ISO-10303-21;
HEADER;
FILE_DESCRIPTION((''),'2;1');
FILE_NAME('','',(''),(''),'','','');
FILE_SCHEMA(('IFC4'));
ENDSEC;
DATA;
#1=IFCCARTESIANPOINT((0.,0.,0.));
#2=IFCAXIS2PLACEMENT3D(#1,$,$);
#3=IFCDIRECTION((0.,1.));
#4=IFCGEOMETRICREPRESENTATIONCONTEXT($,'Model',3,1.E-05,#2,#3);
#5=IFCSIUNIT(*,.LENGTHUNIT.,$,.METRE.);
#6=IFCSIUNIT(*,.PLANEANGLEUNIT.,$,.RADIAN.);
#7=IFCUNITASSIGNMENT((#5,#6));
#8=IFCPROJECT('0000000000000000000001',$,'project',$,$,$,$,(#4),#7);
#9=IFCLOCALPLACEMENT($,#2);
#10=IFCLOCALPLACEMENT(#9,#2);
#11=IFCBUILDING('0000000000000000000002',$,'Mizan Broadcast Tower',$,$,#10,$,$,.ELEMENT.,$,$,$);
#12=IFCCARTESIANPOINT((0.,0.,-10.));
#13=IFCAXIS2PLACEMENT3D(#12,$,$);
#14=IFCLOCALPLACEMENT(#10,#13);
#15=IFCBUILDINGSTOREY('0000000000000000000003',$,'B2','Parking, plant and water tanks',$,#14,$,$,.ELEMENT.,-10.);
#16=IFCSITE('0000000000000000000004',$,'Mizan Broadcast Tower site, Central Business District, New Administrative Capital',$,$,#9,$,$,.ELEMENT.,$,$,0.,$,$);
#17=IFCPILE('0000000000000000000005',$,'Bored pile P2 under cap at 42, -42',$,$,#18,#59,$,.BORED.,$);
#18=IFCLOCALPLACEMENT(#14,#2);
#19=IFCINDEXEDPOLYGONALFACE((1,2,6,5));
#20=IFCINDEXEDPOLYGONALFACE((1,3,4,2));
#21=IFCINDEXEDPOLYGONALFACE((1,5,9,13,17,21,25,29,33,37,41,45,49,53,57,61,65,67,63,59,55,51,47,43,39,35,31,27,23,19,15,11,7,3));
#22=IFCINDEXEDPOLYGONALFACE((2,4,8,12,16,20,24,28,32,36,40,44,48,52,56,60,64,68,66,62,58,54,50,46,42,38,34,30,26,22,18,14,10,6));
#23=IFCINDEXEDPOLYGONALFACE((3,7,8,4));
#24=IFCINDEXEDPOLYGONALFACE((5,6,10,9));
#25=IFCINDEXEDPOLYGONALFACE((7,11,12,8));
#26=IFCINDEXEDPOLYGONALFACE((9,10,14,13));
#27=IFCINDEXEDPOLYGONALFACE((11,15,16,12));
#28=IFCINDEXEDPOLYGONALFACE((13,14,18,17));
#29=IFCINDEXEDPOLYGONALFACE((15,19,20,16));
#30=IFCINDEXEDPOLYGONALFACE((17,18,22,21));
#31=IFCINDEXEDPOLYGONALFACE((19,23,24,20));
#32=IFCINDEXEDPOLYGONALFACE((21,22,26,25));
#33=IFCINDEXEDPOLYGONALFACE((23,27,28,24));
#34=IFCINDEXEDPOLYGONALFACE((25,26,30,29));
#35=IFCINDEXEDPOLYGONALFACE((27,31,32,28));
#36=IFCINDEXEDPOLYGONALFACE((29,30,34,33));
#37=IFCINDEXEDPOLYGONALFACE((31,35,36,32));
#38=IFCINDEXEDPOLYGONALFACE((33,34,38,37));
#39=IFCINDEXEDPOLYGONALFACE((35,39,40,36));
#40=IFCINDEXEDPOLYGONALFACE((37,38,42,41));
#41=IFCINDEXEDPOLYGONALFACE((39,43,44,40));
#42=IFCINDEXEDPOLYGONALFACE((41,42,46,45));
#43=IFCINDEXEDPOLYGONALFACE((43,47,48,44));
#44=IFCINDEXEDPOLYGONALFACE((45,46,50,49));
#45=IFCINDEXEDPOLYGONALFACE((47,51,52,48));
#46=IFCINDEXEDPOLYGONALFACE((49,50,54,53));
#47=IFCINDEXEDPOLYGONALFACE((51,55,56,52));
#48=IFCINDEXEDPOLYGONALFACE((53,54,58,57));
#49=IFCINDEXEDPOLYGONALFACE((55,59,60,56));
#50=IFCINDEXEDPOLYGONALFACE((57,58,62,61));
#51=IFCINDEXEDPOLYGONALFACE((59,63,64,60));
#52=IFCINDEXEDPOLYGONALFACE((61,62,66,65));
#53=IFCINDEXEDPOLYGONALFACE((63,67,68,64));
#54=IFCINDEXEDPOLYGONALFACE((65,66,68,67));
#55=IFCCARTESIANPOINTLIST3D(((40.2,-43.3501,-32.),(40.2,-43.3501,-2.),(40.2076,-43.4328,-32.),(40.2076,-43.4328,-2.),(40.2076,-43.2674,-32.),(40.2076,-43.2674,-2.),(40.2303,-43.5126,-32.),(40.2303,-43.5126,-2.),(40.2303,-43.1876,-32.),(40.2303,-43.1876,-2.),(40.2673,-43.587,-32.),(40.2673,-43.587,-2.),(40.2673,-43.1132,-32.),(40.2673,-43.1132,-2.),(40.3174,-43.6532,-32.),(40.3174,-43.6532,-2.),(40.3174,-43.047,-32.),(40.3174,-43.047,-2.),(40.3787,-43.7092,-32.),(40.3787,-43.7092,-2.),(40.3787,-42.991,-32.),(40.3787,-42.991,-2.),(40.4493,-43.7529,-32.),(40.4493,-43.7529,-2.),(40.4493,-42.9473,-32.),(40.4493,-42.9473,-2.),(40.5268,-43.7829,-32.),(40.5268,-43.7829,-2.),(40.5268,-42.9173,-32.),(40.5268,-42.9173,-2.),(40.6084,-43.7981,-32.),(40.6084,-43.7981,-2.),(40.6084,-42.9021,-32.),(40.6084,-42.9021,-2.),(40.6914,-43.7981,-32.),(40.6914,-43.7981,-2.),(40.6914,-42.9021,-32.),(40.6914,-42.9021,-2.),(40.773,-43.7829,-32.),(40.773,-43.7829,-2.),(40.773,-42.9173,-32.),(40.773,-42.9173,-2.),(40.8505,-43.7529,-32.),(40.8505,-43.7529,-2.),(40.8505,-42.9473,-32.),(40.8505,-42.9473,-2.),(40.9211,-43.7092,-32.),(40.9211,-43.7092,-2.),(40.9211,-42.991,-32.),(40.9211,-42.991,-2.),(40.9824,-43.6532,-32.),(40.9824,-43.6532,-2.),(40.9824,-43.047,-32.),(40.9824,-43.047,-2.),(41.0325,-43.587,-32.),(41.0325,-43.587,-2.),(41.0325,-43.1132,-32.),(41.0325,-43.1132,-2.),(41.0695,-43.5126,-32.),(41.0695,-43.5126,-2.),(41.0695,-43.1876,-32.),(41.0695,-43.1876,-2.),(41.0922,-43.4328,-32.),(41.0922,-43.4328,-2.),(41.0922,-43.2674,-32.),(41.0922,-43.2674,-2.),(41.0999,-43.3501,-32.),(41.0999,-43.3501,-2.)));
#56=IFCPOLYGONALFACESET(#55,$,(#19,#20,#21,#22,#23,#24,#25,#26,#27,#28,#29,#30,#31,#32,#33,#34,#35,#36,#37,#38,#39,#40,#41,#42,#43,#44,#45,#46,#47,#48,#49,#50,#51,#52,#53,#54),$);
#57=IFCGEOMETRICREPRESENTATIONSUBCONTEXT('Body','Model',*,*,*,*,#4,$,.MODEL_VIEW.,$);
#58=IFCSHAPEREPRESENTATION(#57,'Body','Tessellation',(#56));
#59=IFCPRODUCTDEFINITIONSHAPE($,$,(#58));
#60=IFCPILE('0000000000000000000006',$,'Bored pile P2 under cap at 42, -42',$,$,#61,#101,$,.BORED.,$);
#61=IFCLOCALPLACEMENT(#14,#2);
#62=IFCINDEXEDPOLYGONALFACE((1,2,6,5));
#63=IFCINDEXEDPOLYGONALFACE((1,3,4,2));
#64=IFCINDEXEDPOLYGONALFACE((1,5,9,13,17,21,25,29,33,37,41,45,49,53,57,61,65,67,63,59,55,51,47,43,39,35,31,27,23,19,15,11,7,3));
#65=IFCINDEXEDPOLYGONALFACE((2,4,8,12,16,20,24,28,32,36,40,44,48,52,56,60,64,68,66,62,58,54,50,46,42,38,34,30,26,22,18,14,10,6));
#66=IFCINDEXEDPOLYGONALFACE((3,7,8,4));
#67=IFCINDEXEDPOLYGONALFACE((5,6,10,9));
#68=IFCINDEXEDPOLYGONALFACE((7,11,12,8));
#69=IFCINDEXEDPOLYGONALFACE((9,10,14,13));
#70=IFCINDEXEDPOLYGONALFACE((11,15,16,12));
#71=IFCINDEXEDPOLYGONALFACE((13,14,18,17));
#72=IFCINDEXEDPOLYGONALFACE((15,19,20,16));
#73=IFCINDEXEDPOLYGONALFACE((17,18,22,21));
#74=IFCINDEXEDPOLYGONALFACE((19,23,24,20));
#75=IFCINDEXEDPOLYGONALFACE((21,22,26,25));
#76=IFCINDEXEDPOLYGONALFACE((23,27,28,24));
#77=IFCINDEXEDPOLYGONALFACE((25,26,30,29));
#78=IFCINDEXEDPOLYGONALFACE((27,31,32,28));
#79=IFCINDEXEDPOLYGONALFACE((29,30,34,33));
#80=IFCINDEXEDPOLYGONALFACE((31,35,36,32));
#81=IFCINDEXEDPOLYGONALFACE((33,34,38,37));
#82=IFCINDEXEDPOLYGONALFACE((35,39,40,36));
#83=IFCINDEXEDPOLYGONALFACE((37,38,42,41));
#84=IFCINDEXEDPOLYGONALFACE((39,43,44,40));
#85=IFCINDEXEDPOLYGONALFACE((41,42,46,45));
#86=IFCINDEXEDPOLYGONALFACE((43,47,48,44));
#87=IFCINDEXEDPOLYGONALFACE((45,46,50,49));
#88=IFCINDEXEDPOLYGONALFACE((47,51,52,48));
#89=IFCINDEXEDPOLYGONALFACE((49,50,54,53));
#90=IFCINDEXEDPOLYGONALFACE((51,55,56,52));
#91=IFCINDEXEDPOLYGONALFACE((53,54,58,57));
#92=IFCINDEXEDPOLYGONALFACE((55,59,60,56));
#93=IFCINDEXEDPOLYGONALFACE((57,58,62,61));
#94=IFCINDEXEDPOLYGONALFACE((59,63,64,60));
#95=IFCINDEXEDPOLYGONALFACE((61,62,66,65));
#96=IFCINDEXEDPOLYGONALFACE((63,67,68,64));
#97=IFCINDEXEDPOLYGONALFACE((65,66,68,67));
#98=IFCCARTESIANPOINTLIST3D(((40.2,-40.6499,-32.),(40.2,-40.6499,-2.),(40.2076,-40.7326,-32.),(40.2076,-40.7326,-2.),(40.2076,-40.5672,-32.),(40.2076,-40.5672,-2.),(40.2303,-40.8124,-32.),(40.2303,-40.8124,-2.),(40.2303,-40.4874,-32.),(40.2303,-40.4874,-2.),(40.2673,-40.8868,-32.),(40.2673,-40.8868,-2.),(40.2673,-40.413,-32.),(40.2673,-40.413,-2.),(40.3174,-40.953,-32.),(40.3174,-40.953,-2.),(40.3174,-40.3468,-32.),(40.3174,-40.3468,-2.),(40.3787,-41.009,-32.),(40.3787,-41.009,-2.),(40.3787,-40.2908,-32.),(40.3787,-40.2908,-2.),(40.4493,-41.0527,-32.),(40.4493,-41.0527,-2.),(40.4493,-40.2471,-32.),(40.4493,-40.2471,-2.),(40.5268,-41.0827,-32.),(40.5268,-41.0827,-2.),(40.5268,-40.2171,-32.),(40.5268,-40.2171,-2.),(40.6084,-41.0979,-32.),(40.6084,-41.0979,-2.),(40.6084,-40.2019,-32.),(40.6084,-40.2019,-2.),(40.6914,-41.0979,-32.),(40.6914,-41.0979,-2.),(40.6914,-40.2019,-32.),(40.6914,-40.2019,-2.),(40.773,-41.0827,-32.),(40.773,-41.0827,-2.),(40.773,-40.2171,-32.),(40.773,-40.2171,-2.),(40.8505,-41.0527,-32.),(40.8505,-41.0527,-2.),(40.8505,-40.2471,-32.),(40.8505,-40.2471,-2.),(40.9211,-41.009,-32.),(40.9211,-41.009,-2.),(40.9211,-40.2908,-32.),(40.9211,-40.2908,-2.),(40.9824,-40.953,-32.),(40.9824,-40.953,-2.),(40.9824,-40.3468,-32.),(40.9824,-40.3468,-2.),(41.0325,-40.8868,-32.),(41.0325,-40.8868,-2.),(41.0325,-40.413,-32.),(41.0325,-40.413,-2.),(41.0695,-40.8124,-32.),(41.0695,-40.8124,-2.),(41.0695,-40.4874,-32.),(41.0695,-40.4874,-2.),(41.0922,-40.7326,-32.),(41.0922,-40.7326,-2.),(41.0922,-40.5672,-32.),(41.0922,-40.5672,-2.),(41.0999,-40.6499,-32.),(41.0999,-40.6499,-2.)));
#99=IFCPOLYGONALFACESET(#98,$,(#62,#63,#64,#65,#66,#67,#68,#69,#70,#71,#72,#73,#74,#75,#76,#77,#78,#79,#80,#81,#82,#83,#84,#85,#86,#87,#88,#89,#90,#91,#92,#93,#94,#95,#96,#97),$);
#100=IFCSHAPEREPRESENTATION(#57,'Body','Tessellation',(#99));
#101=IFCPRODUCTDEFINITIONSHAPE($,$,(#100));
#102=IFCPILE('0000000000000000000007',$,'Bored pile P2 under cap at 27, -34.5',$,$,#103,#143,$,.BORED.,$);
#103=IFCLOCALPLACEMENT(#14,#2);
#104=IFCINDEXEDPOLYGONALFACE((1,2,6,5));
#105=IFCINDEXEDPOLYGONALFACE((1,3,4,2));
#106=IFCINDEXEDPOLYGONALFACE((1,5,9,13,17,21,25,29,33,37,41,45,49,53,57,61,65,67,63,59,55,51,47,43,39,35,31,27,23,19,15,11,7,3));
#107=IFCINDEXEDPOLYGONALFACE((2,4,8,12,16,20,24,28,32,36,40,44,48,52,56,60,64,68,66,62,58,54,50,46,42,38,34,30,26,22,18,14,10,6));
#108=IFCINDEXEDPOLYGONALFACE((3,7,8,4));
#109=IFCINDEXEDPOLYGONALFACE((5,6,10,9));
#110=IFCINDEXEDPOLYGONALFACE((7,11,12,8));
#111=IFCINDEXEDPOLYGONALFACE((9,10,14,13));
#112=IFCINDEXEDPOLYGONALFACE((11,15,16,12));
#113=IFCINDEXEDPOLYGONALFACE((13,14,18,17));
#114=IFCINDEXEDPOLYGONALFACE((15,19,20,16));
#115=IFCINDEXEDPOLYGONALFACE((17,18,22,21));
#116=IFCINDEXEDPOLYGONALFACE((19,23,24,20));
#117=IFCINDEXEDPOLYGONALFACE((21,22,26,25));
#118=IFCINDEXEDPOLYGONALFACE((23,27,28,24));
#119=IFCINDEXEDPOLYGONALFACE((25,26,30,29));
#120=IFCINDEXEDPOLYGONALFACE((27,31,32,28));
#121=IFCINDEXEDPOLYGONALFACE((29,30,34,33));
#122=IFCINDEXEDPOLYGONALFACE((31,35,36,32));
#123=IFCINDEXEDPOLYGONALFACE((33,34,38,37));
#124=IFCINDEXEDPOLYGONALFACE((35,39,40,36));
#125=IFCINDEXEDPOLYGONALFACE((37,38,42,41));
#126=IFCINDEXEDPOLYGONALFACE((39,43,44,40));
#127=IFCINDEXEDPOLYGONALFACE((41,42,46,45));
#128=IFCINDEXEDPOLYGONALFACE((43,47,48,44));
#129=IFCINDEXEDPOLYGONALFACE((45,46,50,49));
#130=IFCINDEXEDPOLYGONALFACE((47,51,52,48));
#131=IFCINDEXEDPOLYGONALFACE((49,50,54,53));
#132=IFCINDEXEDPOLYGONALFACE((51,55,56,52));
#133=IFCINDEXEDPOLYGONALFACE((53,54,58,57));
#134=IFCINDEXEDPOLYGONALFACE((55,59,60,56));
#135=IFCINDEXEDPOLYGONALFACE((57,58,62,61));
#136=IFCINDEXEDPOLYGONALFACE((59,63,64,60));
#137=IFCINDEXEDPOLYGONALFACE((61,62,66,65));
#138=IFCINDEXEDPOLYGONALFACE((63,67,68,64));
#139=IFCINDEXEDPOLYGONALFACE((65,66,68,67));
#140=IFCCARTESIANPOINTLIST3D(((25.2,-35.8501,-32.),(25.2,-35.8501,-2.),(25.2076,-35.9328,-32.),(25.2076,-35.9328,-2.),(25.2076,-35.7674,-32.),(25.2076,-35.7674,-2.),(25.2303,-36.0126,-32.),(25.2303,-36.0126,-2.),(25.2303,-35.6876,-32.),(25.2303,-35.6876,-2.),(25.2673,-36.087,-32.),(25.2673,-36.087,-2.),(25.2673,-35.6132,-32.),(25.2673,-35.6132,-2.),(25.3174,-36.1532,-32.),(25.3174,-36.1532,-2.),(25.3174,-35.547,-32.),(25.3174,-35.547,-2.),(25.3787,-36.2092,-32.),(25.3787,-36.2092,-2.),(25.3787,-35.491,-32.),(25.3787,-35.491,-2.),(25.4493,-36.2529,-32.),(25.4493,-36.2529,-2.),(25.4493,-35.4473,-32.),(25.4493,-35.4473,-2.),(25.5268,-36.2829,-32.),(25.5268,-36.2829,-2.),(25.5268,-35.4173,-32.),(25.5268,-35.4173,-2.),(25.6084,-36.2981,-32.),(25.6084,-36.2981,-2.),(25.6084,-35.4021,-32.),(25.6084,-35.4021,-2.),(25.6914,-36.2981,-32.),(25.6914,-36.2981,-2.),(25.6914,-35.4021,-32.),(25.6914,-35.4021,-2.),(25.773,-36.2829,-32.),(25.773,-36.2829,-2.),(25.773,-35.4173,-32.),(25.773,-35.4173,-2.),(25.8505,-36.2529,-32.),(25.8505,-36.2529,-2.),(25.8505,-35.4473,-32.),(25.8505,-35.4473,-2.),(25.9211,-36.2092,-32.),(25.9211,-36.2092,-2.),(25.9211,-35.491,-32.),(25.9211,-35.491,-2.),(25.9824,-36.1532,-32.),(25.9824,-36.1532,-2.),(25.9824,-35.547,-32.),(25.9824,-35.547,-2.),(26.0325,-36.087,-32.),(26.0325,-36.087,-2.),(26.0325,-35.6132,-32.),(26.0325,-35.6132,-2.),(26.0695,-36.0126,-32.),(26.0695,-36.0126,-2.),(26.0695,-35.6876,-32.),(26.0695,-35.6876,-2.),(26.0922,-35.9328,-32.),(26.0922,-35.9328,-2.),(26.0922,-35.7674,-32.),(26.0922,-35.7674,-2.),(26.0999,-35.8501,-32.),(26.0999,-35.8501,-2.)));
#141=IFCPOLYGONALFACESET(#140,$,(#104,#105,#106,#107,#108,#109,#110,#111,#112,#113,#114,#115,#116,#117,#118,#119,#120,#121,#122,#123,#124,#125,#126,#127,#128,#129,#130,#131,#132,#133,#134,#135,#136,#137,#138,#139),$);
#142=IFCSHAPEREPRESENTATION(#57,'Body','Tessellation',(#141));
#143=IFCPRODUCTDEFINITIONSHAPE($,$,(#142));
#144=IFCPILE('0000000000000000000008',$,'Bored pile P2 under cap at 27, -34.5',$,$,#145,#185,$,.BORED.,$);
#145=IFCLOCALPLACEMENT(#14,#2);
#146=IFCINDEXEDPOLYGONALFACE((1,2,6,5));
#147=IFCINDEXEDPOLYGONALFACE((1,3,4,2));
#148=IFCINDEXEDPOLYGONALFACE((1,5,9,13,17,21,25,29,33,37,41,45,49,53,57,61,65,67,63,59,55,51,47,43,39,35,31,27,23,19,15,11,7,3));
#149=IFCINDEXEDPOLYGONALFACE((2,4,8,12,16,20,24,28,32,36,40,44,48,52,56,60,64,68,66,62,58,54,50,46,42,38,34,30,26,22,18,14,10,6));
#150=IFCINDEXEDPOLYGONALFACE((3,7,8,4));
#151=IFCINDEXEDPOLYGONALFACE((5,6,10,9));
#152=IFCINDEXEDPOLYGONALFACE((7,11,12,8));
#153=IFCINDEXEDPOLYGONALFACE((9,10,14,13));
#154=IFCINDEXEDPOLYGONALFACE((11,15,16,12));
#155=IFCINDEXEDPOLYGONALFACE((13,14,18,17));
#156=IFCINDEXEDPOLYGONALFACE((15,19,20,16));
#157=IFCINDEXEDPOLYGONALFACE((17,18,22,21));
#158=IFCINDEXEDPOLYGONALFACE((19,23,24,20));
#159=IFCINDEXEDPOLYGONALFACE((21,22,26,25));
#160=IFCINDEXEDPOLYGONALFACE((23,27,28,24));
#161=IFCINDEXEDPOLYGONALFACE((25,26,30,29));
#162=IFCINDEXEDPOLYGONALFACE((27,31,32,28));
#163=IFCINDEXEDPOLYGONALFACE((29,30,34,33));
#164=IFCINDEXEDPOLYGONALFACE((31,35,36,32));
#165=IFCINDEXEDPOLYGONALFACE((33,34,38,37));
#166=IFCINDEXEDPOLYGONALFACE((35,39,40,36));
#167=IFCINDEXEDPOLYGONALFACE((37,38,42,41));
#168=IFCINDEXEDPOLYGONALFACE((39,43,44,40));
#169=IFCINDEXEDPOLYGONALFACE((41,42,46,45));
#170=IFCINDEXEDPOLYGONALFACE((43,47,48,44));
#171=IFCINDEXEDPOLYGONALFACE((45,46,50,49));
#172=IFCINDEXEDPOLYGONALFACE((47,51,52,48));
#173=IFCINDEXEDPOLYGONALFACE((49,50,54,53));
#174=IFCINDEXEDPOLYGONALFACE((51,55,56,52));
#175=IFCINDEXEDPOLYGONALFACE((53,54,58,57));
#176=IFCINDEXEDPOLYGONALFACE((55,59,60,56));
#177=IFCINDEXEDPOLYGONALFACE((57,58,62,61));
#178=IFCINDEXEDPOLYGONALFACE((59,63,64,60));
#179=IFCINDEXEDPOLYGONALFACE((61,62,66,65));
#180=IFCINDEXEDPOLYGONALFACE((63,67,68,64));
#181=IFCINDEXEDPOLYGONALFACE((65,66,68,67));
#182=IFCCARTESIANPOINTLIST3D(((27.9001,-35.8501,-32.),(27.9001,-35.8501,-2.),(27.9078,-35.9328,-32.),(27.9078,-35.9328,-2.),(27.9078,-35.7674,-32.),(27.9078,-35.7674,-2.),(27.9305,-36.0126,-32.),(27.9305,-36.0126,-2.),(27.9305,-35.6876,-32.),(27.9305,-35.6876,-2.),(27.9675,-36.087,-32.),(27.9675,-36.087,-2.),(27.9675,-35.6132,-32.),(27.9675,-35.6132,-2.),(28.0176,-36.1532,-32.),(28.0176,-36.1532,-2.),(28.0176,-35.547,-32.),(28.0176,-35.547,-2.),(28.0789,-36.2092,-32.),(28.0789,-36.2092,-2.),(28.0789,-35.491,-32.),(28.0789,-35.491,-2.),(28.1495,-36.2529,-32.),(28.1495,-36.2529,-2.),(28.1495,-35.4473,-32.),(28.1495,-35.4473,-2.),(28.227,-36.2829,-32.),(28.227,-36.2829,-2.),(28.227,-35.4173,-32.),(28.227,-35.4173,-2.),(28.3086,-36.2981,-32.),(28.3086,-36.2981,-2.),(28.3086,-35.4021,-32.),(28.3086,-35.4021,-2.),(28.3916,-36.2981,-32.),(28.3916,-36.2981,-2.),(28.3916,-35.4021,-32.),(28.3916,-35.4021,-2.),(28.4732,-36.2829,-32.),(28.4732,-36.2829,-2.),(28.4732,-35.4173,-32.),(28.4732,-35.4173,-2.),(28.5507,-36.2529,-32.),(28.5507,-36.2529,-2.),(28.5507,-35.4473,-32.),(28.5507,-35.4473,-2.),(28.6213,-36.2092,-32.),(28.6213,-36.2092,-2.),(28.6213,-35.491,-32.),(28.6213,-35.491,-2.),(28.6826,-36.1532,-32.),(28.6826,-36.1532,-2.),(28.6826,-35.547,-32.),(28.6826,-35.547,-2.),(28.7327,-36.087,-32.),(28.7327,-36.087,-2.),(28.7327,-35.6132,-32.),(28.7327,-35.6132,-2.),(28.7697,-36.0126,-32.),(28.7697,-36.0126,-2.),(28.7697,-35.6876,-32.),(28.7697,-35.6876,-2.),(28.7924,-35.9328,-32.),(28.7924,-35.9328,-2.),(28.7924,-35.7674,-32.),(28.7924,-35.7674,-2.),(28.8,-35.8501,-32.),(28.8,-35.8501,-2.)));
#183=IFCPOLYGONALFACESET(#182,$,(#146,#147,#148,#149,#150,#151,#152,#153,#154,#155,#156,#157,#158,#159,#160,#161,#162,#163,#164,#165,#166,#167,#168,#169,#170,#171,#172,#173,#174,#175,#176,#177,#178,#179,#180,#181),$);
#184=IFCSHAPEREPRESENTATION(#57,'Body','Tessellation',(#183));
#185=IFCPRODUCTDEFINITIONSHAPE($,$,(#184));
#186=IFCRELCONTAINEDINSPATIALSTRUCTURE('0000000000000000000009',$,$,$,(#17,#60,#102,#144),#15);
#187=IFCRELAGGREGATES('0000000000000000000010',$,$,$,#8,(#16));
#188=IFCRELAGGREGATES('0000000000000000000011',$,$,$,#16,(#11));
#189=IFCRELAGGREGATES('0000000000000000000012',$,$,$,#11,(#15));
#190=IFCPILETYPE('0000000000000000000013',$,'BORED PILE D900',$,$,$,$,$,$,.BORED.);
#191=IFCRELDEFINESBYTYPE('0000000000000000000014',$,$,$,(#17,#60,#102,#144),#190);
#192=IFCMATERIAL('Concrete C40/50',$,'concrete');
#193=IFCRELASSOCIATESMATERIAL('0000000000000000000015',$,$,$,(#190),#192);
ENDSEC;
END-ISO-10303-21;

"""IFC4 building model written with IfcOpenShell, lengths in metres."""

from ifc_helpers import new_model, si_unit, direction, frame, origin, origin_2d, place, context, subcontext, project, spatial, circle, extrude, material, material_profile, profile_set, type_object, element, save


model = new_model("IFC4")

# Units and contexts
model_context = context("Model", 3, precision=1e-05, world=origin(), true_north=direction((0.0, 1.0)))
body_context = subcontext(model_context, "Body", "Model", "MODEL_VIEW")
ifc_project = project(units=[si_unit("LENGTHUNIT", "METRE"), si_unit("PLANEANGLEUNIT", "RADIAN")], contexts=[model_context])

# Site, building, storey
site_placement = place(None, origin())
site = spatial("IfcSite", under=ifc_project, at=site_placement, Name="Mizan Broadcast Tower site, Central Business District, New Administrative Capital", CompositionType="ELEMENT", RefElevation=0.0)
building_placement = place(site_placement, origin())
building = spatial("IfcBuilding", under=site, at=building_placement, Name="Mizan Broadcast Tower", CompositionType="ELEMENT")
storey_placement = place(building_placement, frame((0.0, 0.0, -10.0)))
storey = spatial("IfcBuildingStorey", under=building, at=storey_placement, Name="B2", Description="Parking, plant and water tanks", CompositionType="ELEMENT", Elevation=-10.0)

# Piles
ifc_material_1 = material(Name="Concrete C40/50", Category="concrete")
ifc_material_profile_1 = material_profile(ifc_material_1, circle(Radius=0.45, at=origin_2d()), Name="D900")
ifc_profile_set_1 = profile_set([ifc_material_profile_1], Name="Concrete C40/50")
pile_type = type_object("IfcPileType", Name="BORED PILE D900", PredefinedType="BORED", material=ifc_profile_set_1)
for number, where, z_axis, x_axis, name in (
    (1, (40.6499, -43.3501, -2.0), (0.0, 0.0, -1.0), (1.0, 0.0, 0.0), "Bored pile P2 under cap at 42, -42"),
    (2, (40.6499, -40.6499, -2.0), (0.0, 0.0, -1.0), (1.0, 0.0, 0.0), "Bored pile P2 under cap at 42, -42"),
    (3, (25.6499, -35.8501, -2.0), (0.0, 0.0, -1.0), (1.0, 0.0, 0.0), "Bored pile P2 under cap at 27, -34.5"),
    (4, (28.3501, -35.8501, -2.0), (0.0, 0.0, -1.0), (1.0, 0.0, 0.0), "Bored pile P2 under cap at 27, -34.5"),
):
    element("IfcPile", number, at=place(storey_placement, frame(where, z_axis=z_axis, x_axis=x_axis)), inside=storey, type_object=pile_type, Name=name, PredefinedType="BORED", context=body_context, shape_type="SweptSolid", body=[
        extrude(circle(Radius=0.45, at=origin_2d()), origin(), (0.0, 0.0, 1.0), 30.0),
    ])

save(model, "model.ifc")
